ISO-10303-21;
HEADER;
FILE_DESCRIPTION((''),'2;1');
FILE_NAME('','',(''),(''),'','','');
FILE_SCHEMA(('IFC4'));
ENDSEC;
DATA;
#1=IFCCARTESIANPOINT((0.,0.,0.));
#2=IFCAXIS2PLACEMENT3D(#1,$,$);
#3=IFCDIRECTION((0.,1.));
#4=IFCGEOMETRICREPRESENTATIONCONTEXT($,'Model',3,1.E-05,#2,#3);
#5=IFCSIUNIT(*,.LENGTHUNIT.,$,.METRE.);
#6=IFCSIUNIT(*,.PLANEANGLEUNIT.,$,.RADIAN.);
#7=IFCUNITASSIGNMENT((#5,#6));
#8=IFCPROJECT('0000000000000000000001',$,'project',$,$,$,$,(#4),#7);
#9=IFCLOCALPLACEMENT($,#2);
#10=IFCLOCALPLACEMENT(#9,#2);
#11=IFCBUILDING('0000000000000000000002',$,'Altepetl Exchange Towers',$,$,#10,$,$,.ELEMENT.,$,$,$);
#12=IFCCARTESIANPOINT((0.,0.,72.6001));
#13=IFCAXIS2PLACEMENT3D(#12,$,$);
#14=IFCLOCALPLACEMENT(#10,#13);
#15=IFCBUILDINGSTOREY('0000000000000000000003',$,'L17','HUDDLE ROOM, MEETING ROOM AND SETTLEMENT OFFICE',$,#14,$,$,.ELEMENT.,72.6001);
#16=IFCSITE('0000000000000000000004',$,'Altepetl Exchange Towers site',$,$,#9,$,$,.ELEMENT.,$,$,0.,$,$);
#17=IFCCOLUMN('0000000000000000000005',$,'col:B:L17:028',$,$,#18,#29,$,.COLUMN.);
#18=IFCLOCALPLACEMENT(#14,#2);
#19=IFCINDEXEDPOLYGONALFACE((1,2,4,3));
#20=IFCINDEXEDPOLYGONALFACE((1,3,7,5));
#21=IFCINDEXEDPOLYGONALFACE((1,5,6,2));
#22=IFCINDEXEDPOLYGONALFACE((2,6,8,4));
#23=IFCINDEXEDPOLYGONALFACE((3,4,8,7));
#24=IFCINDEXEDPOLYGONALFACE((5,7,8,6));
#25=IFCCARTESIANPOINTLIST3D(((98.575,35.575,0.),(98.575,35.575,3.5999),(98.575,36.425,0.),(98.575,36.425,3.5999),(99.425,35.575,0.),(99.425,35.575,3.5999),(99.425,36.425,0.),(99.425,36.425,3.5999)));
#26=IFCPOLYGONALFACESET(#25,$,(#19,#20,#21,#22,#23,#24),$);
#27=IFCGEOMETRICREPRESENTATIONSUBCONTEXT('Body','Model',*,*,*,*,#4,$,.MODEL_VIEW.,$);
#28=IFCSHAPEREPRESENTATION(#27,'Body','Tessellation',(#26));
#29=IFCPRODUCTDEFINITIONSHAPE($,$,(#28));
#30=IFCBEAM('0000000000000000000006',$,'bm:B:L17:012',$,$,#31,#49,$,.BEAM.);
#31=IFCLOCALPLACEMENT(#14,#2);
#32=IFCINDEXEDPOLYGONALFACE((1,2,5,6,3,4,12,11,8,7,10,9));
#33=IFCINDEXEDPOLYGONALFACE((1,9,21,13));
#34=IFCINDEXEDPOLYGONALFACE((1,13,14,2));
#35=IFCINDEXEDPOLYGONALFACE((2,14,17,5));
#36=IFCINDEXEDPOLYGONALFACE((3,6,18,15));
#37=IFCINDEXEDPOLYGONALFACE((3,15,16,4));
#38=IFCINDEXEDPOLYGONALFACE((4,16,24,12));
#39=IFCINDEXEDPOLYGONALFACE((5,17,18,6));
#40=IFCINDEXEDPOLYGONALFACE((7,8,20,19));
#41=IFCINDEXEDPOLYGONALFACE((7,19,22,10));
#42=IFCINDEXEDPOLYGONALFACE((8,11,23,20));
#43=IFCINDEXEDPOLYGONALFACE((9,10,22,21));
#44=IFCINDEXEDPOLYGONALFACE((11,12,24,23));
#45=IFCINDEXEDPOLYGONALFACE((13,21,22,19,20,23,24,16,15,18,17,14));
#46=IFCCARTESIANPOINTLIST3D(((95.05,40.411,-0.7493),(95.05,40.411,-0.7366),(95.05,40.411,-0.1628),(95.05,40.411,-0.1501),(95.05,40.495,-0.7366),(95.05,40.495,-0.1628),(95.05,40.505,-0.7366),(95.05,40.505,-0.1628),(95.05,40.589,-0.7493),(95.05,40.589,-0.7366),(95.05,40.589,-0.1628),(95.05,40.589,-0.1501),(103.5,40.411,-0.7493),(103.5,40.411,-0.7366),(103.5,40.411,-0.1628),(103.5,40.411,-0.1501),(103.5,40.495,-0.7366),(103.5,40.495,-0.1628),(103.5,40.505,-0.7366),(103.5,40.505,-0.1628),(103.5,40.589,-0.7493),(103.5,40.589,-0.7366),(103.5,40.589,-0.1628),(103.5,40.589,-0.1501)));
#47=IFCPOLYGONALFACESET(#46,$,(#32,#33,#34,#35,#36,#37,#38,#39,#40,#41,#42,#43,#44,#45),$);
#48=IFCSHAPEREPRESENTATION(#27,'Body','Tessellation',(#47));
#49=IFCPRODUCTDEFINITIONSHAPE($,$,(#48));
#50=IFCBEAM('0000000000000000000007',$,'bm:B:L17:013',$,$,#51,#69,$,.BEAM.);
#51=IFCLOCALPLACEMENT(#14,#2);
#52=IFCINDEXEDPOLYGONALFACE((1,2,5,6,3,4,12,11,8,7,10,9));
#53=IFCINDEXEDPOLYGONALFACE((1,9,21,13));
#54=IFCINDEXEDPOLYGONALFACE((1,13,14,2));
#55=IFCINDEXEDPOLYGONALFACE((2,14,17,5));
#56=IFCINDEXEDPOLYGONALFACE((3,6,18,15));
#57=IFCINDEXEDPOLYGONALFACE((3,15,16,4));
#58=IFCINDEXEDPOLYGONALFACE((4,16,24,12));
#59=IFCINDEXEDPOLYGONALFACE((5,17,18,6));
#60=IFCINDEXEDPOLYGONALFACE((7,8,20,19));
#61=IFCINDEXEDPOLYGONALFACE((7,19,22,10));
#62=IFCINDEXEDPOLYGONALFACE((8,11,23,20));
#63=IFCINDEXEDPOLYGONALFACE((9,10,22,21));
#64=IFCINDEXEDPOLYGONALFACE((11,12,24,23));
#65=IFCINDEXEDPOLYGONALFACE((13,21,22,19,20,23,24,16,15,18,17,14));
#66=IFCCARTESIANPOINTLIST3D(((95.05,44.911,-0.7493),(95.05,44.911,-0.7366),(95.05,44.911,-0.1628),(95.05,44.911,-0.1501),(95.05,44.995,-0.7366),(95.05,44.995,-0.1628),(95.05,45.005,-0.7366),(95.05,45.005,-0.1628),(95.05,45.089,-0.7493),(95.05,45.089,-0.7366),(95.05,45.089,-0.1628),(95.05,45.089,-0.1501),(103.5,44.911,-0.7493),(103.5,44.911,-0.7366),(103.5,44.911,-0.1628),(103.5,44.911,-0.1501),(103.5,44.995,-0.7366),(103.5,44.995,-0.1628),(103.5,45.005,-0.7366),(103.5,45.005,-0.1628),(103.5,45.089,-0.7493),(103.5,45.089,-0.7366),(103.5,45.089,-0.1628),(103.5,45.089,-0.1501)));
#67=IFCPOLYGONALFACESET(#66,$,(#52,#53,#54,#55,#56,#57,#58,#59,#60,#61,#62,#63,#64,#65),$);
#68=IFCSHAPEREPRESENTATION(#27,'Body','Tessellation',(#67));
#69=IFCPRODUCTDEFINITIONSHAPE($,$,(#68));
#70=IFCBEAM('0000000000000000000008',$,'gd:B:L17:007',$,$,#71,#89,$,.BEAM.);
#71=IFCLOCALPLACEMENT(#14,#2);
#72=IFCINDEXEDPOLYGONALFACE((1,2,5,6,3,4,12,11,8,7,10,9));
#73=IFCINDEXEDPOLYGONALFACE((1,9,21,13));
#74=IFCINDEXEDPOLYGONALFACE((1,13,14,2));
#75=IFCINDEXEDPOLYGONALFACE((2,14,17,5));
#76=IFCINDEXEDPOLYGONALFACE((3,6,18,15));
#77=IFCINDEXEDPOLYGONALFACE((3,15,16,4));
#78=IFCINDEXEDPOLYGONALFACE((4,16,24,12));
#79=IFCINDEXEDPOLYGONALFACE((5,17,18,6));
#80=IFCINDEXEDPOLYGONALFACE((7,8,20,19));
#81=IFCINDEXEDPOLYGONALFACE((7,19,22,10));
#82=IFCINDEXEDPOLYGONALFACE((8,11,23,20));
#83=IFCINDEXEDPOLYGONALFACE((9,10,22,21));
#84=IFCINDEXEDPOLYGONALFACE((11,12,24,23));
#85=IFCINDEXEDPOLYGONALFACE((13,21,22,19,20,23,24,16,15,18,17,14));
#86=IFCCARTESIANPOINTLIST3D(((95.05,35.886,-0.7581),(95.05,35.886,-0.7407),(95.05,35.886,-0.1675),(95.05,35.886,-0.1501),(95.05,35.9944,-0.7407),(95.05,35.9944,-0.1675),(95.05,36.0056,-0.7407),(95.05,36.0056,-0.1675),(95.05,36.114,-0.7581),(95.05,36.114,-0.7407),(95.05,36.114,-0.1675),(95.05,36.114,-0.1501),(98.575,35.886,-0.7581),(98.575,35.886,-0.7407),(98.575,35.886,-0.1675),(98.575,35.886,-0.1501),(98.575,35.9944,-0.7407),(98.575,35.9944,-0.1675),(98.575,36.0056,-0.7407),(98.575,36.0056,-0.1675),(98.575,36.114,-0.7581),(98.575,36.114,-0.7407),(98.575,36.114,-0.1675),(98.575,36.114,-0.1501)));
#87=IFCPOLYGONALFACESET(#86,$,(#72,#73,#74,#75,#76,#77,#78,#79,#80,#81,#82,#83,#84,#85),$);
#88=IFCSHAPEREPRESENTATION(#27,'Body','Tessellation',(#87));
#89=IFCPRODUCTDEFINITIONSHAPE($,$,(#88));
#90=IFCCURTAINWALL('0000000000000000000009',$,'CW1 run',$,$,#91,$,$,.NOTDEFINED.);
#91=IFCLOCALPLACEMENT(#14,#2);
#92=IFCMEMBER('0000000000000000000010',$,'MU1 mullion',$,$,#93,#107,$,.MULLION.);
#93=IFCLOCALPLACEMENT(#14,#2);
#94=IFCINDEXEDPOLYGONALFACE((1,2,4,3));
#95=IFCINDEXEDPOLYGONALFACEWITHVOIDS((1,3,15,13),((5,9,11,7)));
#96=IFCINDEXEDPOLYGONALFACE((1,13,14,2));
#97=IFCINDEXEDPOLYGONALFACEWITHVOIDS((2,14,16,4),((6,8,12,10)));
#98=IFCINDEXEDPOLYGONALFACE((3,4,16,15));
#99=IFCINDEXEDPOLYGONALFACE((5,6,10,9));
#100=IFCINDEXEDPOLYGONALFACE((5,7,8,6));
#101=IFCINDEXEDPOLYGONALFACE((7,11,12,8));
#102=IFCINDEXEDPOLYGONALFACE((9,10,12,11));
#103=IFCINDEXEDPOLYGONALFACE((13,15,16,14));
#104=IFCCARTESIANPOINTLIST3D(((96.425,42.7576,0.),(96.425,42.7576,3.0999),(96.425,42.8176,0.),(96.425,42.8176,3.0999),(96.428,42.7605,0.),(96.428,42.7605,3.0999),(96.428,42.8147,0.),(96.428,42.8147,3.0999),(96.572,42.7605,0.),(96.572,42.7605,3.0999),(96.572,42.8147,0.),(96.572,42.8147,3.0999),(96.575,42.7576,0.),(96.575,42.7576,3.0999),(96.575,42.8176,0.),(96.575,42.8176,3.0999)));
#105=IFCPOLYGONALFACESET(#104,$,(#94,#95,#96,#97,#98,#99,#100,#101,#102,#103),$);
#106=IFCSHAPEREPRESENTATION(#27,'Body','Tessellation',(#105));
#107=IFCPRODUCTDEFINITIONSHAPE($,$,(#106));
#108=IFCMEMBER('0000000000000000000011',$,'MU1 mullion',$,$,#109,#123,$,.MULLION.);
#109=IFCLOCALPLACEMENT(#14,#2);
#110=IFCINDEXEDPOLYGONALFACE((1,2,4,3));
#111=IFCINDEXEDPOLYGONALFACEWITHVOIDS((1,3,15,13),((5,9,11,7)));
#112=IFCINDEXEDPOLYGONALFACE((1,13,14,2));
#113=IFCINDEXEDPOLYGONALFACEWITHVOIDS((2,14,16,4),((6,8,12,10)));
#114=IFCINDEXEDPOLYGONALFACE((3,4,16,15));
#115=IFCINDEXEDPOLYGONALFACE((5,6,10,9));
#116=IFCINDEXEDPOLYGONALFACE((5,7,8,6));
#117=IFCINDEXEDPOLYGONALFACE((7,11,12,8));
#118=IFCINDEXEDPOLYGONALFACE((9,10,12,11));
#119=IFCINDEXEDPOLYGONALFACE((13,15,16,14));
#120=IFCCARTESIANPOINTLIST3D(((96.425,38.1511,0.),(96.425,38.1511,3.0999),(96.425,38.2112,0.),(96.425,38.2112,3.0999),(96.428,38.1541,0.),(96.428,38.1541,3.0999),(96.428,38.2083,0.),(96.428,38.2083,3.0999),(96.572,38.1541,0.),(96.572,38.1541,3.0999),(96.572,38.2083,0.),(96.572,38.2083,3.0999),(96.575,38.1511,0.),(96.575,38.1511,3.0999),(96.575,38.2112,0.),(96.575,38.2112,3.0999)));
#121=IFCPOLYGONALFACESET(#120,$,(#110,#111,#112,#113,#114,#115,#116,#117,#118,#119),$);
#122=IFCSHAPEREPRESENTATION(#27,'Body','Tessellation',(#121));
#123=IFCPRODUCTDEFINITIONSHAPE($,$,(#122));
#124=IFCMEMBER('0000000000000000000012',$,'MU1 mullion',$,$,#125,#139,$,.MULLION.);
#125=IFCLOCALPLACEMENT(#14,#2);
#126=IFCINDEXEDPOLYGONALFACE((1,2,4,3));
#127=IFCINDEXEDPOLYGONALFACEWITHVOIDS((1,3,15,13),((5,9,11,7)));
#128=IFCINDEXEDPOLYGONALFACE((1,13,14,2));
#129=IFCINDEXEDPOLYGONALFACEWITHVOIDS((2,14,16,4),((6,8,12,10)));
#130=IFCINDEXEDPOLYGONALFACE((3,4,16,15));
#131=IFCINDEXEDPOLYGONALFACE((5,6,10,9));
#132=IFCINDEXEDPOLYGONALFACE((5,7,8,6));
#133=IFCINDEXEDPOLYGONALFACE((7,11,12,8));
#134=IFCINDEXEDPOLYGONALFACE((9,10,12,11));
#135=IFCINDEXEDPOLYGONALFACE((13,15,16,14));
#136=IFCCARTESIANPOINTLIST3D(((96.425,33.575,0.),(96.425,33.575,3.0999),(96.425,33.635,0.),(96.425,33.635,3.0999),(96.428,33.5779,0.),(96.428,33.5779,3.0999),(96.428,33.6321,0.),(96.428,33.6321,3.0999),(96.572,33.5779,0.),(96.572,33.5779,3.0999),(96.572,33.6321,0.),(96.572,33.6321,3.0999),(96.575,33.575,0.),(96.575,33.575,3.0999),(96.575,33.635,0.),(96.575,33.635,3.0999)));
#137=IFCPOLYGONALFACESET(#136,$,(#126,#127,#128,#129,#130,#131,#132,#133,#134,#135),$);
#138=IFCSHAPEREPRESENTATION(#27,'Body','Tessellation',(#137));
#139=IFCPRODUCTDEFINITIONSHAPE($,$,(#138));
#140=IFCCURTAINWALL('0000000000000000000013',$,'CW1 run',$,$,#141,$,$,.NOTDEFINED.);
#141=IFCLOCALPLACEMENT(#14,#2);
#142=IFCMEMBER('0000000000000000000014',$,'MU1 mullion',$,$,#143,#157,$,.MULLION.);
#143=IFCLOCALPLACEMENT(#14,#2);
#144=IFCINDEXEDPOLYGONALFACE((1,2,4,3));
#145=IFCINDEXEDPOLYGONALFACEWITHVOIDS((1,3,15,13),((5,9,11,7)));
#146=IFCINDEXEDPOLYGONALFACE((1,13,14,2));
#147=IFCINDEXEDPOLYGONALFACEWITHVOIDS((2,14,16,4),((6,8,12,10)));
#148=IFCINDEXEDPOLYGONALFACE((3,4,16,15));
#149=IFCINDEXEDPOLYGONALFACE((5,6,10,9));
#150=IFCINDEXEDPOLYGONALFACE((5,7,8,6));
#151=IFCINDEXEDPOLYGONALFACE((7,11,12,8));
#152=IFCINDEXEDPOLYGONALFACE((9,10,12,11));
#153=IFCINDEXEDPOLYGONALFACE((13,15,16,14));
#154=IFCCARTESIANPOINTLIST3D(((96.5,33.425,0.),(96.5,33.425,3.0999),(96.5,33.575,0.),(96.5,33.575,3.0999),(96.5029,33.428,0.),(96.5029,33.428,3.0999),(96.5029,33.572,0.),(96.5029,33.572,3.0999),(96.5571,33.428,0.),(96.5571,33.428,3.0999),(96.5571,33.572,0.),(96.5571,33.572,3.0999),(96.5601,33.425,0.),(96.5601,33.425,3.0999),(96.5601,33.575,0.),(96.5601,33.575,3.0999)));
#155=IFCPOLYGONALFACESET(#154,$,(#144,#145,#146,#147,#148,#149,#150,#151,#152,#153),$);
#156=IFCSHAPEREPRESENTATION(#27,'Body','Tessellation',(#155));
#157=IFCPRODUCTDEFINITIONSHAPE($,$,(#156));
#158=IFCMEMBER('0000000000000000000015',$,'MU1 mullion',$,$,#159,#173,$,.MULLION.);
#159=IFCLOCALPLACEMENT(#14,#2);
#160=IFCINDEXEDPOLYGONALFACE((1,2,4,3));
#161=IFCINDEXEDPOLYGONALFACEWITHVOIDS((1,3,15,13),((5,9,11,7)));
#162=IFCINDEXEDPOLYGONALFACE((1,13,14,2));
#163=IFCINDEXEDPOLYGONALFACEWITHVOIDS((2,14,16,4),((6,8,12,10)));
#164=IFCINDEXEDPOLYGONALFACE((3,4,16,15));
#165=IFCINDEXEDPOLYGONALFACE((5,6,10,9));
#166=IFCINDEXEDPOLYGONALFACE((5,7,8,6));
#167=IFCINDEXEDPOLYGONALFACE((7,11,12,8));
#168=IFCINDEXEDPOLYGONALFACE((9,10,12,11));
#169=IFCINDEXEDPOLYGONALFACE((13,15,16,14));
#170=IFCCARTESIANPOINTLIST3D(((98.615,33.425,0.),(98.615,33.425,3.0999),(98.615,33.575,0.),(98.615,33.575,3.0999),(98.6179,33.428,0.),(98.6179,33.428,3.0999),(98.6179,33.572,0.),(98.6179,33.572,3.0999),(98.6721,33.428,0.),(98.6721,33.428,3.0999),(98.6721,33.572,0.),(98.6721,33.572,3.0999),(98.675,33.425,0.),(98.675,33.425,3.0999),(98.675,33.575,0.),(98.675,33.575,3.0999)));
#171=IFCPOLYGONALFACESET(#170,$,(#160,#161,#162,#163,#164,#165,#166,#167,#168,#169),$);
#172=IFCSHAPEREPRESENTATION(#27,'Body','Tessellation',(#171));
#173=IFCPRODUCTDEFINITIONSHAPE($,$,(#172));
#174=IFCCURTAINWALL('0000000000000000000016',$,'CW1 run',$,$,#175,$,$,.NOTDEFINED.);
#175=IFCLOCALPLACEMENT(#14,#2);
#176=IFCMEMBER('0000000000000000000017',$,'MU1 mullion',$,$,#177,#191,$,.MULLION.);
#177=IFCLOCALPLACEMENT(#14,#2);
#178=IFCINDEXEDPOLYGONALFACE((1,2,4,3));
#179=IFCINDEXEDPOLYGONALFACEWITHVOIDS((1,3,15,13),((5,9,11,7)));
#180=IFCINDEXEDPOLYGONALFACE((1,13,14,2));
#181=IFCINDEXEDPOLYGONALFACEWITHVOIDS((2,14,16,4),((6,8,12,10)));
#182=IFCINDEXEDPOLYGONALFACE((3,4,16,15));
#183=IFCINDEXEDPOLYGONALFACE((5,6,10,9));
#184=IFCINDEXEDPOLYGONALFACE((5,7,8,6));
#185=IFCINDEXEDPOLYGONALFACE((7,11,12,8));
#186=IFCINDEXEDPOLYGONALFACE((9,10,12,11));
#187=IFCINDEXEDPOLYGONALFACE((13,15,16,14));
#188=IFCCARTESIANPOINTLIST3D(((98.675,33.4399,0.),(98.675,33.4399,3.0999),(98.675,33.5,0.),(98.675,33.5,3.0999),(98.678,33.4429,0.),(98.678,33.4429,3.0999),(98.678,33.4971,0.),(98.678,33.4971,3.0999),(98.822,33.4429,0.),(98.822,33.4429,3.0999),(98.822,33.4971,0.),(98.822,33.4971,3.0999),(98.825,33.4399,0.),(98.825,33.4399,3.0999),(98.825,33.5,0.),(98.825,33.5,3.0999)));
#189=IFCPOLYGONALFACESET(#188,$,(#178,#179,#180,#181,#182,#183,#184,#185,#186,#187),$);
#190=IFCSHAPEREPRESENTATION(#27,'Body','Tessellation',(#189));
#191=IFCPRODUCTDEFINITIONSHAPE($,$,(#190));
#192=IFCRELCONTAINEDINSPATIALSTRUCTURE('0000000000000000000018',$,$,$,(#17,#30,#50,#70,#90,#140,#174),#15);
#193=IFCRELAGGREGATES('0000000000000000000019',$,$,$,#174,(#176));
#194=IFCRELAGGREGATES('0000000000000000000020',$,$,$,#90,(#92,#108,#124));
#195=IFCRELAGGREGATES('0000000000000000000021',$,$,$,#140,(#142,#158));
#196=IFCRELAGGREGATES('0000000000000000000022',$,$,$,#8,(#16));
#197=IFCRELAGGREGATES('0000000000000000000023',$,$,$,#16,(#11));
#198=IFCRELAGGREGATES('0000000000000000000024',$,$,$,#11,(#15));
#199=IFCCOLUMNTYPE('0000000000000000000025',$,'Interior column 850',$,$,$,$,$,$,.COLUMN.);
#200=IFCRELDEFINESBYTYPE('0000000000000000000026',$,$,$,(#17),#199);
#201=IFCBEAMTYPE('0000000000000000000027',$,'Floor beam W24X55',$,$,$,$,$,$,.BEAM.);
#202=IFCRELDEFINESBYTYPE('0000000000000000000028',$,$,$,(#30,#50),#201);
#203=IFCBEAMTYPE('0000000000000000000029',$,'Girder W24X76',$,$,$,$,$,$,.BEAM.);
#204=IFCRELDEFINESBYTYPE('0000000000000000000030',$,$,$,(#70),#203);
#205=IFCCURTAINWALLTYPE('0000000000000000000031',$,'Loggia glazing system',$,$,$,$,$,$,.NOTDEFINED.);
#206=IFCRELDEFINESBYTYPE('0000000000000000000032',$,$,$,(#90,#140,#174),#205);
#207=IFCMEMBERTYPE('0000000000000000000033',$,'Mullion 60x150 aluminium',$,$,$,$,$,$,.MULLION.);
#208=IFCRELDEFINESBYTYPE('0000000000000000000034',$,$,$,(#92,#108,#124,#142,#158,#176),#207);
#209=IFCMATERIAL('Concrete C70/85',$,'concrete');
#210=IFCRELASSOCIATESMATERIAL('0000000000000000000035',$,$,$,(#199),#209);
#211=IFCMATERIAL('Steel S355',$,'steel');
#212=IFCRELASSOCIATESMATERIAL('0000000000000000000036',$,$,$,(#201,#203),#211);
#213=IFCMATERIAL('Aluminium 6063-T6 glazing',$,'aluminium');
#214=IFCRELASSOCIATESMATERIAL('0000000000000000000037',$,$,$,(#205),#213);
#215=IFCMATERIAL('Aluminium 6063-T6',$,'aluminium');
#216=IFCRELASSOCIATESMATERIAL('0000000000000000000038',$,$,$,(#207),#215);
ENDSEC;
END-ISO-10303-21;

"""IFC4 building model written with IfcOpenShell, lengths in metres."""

from ifc_helpers import new_model, si_unit, direction, frame, origin, origin_2d, place, context, subcontext, project, spatial, rectangle, hollow_rectangle, i_section, extrude, material, material_profile, profile_set, type_object, element, aggregate, save


model = new_model("IFC4")

# Units and contexts
model_context = context("Model", 3, precision=1e-05, world=origin(), true_north=direction((0.0, 1.0)))
body_context = subcontext(model_context, "Body", "Model", "MODEL_VIEW")
ifc_project = project(units=[si_unit("LENGTHUNIT", "METRE"), si_unit("PLANEANGLEUNIT", "RADIAN")], contexts=[model_context])

# Site, building, storey
site_placement = place(None, origin())
site = spatial("IfcSite", under=ifc_project, at=site_placement, Name="Altepetl Exchange Towers site", CompositionType="ELEMENT", RefElevation=0.0)
building_placement = place(site_placement, origin())
building = spatial("IfcBuilding", under=site, at=building_placement, Name="Altepetl Exchange Towers", CompositionType="ELEMENT")
storey_placement = place(building_placement, frame((0.0, 0.0, 72.6001)))
storey = spatial("IfcBuildingStorey", under=building, at=storey_placement, Name="L17", Description="HUDDLE ROOM, MEETING ROOM AND SETTLEMENT OFFICE", CompositionType="ELEMENT", Elevation=72.6001)

# Column
ifc_material_1 = material(Name="Concrete C70/85", Category="concrete")
ifc_material_profile_1 = material_profile(ifc_material_1, rectangle(XDim=0.8501, YDim=0.8501, at=origin_2d()), Name="850 x 850")
ifc_profile_set_1 = profile_set([ifc_material_profile_1], Name="Concrete C70/85")
column_type = type_object("IfcColumnType", Name="Interior column 850", PredefinedType="COLUMN", material=ifc_profile_set_1)
column_placement = place(storey_placement, frame((99.0, 36.0, 0.0)))
element("IfcColumn", 1, at=column_placement, inside=storey, type_object=column_type, Name="col:B:L17:028", PredefinedType="COLUMN", context=body_context, shape_type="SweptSolid", body=[
    extrude(rectangle(XDim=0.8501, YDim=0.8501, at=origin_2d()), origin(), (0.0, 0.0, 1.0), 3.5999),
])

# Beams
ifc_material_2 = material(Name="Steel S355", Category="steel")
ifc_material_profile_2 = material_profile(ifc_material_2, i_section(OverallWidth=0.178, OverallDepth=0.5991, WebThickness=0.01, FlangeThickness=0.0127, at=origin_2d()), Name="W24X55")
ifc_profile_set_2 = profile_set([ifc_material_profile_2], Name="Steel S355")
beam_type_1 = type_object("IfcBeamType", Name="Floor beam W24X55", PredefinedType="BEAM", material=ifc_profile_set_2)
for number, where, z_axis, x_axis, name in (
    (2, (95.05, 40.5, -0.4497), (1.0, 0.0, 0.0), (0.0, 1.0, 0.0), "bm:B:L17:012"),
    (3, (95.05, 45.0, -0.4497), (1.0, 0.0, 0.0), (0.0, 1.0, 0.0), "bm:B:L17:013"),
):
    element("IfcBeam", number, at=place(storey_placement, frame(where, z_axis=z_axis, x_axis=x_axis)), inside=storey, type_object=beam_type_1, Name=name, PredefinedType="BEAM", context=body_context, shape_type="SweptSolid", body=[
        extrude(i_section(OverallWidth=0.178, OverallDepth=0.5991, WebThickness=0.01, FlangeThickness=0.0127, at=origin_2d()), origin(), (0.0, 0.0, 1.0), 8.45),
    ])
ifc_material_profile_3 = material_profile(ifc_material_2, i_section(OverallWidth=0.228, OverallDepth=0.6079, WebThickness=0.0112, FlangeThickness=0.0173, at=origin_2d()), Name="W24X76")
ifc_profile_set_3 = profile_set([ifc_material_profile_3], Name="Steel S355")
beam_type_2 = type_object("IfcBeamType", Name="Girder W24X76", PredefinedType="BEAM", material=ifc_profile_set_3)
beam_placement = place(storey_placement, frame((98.575, 36.0, -0.4541), z_axis=(-1.0, 0.0, 0.0), x_axis=(0.0, -1.0, 0.0)))
element("IfcBeam", 4, at=beam_placement, inside=storey, type_object=beam_type_2, Name="gd:B:L17:007", PredefinedType="BEAM", context=body_context, shape_type="SweptSolid", body=[
    extrude(i_section(OverallWidth=0.228, OverallDepth=0.6079, WebThickness=0.0112, FlangeThickness=0.0173, at=origin_2d()), origin(), (0.0, 0.0, 1.0), 3.5249),
])

# Curtain walls, members
ifc_material_3 = material(Name="Aluminium 6063-T6 glazing", Category="aluminium")
curtain_wall_type = type_object("IfcCurtainWallType", Name="Loggia glazing system", PredefinedType="NOTDEFINED", material=ifc_material_3)
curtain_wall_1_placement = place(storey_placement, origin())
curtain_wall_1 = element("IfcCurtainWall", 5, at=curtain_wall_1_placement, inside=storey, type_object=curtain_wall_type, Name="CW1 run", PredefinedType="NOTDEFINED")
ifc_material_4 = material(Name="Aluminium 6063-T6", Category="aluminium")
ifc_material_profile_4 = material_profile(ifc_material_4, hollow_rectangle(XDim=0.0601, YDim=0.1499, WallThickness=0.0029, at=origin_2d()), Name="Mullion 60x150 aluminium")
ifc_profile_set_4 = profile_set([ifc_material_profile_4], Name="Aluminium 6063-T6")
member_type = type_object("IfcMemberType", Name="Mullion 60x150 aluminium", PredefinedType="MULLION", material=ifc_profile_set_4)
member_1_placement = place(storey_placement, frame((96.5, 42.7876, 0.0), z_axis=(0.0, 0.0, 1.0), x_axis=(0.0, -1.0, 0.0)))
member_1 = element("IfcMember", 6, at=member_1_placement, type_object=member_type, Name="MU1 mullion", PredefinedType="MULLION", context=body_context, shape_type="SweptSolid", body=[
    extrude(hollow_rectangle(XDim=0.0601, YDim=0.1499, WallThickness=0.0029, at=origin_2d()), origin(), (0.0, 0.0, 1.0), 3.0999),
])
member_2_placement = place(storey_placement, frame((96.5, 38.1812, 0.0), z_axis=(0.0, 0.0, 1.0), x_axis=(0.0, -1.0, 0.0)))
member_2 = element("IfcMember", 7, at=member_2_placement, type_object=member_type, Name="MU1 mullion", PredefinedType="MULLION", context=body_context, shape_type="SweptSolid", body=[
    extrude(hollow_rectangle(XDim=0.0601, YDim=0.1499, WallThickness=0.0029, at=origin_2d()), origin(), (0.0, 0.0, 1.0), 3.0999),
])
member_3_placement = place(storey_placement, frame((96.5, 33.605, 0.0), z_axis=(0.0, 0.0, 1.0), x_axis=(0.0, -1.0, 0.0)))
member_3 = element("IfcMember", 8, at=member_3_placement, type_object=member_type, Name="MU1 mullion", PredefinedType="MULLION", context=body_context, shape_type="SweptSolid", body=[
    extrude(hollow_rectangle(XDim=0.0601, YDim=0.1499, WallThickness=0.0029, at=origin_2d()), origin(), (0.0, 0.0, 1.0), 3.0999),
])
curtain_wall_2_placement = place(storey_placement, origin())
curtain_wall_2 = element("IfcCurtainWall", 9, at=curtain_wall_2_placement, inside=storey, type_object=curtain_wall_type, Name="CW1 run", PredefinedType="NOTDEFINED")
member_4_placement = place(storey_placement, frame((96.53, 33.5, 0.0)))
member_4 = element("IfcMember", 10, at=member_4_placement, type_object=member_type, Name="MU1 mullion", PredefinedType="MULLION", context=body_context, shape_type="SweptSolid", body=[
    extrude(hollow_rectangle(XDim=0.0601, YDim=0.1499, WallThickness=0.0029, at=origin_2d()), origin(), (0.0, 0.0, 1.0), 3.0999),
])
member_5_placement = place(storey_placement, frame((98.645, 33.5, 0.0)))
member_5 = element("IfcMember", 11, at=member_5_placement, type_object=member_type, Name="MU1 mullion", PredefinedType="MULLION", context=body_context, shape_type="SweptSolid", body=[
    extrude(hollow_rectangle(XDim=0.0601, YDim=0.1499, WallThickness=0.0029, at=origin_2d()), origin(), (0.0, 0.0, 1.0), 3.0999),
])

# Curtain wall, member
curtain_wall_3_placement = place(storey_placement, origin())
curtain_wall_3 = element("IfcCurtainWall", 12, at=curtain_wall_3_placement, inside=storey, type_object=curtain_wall_type, Name="CW1 run", PredefinedType="NOTDEFINED")
member_6_placement = place(storey_placement, frame((98.75, 33.47, 0.0), z_axis=(0.0, 0.0, 1.0), x_axis=(0.0, -1.0, 0.0)))
member_6 = element("IfcMember", 13, at=member_6_placement, type_object=member_type, Name="MU1 mullion", PredefinedType="MULLION", context=body_context, shape_type="SweptSolid", body=[
    extrude(hollow_rectangle(XDim=0.0601, YDim=0.1499, WallThickness=0.0029, at=origin_2d()), origin(), (0.0, 0.0, 1.0), 3.0999),
])
aggregate(curtain_wall_3, [member_6])

aggregate(curtain_wall_1, [member_1, member_2, member_3])
aggregate(curtain_wall_2, [member_4, member_5])

save(model, "model.ifc")
